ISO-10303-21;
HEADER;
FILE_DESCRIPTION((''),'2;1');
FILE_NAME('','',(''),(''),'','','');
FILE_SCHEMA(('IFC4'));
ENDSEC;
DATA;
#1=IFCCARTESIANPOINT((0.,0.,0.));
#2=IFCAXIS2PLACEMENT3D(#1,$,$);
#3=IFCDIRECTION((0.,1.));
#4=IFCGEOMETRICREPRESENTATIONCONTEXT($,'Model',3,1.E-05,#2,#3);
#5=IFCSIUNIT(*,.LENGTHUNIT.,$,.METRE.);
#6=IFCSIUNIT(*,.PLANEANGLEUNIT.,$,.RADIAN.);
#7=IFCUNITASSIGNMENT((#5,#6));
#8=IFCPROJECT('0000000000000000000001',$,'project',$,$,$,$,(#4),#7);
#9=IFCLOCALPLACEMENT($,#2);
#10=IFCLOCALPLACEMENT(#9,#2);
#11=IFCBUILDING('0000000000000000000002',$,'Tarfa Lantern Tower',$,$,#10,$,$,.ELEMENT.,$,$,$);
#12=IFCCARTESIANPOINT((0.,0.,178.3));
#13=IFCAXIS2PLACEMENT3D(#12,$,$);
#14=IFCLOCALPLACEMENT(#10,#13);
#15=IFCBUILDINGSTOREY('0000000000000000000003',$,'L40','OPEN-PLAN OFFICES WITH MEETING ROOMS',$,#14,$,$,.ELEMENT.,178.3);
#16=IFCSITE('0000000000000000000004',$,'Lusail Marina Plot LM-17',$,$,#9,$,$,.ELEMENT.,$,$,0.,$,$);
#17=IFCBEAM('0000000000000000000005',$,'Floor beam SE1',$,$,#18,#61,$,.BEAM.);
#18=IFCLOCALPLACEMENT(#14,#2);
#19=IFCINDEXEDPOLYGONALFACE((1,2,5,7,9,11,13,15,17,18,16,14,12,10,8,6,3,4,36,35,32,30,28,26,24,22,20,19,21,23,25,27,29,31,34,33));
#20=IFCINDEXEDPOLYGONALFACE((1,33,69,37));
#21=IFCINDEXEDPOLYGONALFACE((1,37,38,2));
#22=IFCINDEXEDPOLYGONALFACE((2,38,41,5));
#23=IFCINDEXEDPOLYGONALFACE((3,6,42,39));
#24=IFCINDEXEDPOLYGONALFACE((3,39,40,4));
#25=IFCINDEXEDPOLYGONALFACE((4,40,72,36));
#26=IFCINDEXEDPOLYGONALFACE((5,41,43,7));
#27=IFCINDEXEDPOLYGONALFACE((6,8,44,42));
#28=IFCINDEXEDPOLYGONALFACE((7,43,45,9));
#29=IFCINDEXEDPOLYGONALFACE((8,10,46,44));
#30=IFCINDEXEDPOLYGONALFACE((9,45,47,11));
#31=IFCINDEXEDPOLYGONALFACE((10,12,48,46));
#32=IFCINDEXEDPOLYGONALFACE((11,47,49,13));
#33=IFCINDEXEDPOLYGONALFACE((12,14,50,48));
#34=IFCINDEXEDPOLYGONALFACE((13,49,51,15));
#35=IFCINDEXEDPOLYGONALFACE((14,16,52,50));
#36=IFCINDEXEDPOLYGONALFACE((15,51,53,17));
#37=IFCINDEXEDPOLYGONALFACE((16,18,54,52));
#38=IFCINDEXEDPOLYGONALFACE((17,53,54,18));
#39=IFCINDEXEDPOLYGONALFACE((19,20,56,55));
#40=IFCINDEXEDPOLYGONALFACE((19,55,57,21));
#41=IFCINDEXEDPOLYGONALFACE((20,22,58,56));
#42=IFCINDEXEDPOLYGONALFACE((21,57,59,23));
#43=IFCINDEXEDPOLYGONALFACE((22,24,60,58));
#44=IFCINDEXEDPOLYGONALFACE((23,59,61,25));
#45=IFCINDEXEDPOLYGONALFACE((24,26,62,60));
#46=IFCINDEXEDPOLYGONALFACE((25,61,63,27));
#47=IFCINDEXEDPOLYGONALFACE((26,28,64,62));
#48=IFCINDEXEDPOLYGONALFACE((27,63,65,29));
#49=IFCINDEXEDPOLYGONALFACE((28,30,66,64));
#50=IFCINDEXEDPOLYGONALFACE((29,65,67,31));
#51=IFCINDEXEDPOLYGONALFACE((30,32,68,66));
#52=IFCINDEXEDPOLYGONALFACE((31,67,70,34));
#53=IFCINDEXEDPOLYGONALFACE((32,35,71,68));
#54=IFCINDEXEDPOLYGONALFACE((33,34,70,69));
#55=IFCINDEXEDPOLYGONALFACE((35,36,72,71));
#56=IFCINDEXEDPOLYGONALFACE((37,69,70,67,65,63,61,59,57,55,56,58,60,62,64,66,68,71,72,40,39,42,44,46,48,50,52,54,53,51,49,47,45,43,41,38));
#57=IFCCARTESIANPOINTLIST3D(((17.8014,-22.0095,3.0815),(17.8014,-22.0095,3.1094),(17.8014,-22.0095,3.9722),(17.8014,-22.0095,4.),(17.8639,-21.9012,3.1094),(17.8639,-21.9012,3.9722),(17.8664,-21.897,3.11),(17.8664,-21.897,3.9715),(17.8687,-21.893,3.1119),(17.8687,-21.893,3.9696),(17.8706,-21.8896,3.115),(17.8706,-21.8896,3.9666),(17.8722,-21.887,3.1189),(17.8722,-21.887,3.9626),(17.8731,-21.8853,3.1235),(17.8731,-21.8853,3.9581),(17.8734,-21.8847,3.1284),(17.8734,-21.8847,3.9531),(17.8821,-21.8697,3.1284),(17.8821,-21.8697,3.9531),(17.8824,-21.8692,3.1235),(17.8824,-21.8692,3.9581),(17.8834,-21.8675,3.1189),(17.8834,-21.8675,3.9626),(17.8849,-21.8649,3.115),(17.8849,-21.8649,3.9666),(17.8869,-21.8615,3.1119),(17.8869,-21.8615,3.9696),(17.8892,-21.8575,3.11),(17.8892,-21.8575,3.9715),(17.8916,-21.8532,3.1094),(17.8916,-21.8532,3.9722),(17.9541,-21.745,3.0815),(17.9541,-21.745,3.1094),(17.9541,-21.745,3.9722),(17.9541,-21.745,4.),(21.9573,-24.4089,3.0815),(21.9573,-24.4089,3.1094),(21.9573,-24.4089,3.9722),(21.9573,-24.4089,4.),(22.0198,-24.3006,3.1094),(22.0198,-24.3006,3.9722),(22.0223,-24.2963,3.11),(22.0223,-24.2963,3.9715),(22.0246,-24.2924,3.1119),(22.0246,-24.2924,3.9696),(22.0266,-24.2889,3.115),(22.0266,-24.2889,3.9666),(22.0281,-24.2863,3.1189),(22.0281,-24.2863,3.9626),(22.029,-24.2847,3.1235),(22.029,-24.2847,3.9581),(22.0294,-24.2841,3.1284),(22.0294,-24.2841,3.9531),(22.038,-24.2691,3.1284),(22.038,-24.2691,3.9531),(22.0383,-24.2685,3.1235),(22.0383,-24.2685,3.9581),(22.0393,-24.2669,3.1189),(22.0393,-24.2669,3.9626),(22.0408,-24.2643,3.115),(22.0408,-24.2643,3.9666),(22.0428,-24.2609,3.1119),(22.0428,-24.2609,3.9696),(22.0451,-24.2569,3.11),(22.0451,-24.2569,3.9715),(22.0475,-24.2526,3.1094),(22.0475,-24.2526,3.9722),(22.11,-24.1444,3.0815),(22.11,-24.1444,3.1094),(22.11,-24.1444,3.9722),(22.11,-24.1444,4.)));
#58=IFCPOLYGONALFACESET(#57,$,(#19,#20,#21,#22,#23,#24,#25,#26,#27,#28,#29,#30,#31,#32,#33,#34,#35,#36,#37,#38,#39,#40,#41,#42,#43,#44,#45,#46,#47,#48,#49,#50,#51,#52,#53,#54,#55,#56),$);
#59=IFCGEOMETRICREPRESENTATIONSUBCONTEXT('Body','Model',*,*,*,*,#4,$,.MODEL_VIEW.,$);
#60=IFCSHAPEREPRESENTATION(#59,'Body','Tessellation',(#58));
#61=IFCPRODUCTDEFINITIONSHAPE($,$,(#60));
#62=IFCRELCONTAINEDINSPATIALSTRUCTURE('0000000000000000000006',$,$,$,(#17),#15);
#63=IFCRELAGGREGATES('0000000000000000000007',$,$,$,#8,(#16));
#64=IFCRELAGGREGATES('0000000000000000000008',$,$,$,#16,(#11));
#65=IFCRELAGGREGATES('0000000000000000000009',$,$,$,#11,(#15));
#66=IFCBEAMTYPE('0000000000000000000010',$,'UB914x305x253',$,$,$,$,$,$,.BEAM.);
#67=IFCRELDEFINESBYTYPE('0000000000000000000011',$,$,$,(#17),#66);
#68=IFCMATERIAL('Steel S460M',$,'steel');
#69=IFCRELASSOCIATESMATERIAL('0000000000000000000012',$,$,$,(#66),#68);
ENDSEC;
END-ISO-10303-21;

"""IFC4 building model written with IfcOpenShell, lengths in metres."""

from ifc_helpers import new_model, si_unit, direction, frame, origin, origin_2d, place, context, subcontext, project, spatial, i_section, extrude, material, material_profile, profile_set, type_object, element, save


model = new_model("IFC4")

# Units and contexts
model_context = context("Model", 3, precision=1e-05, world=origin(), true_north=direction((0.0, 1.0)))
body_context = subcontext(model_context, "Body", "Model", "MODEL_VIEW")
ifc_project = project(units=[si_unit("LENGTHUNIT", "METRE"), si_unit("PLANEANGLEUNIT", "RADIAN")], contexts=[model_context])

# Site, building, storey
site_placement = place(None, origin())
site = spatial("IfcSite", under=ifc_project, at=site_placement, Name="Lusail Marina Plot LM-17", CompositionType="ELEMENT", RefElevation=0.0)
building_placement = place(site_placement, origin())
building = spatial("IfcBuilding", under=site, at=building_placement, Name="Tarfa Lantern Tower", CompositionType="ELEMENT")
storey_placement = place(building_placement, frame((0.0, 0.0, 178.3)))
storey = spatial("IfcBuildingStorey", under=building, at=storey_placement, Name="L40", Description="OPEN-PLAN OFFICES WITH MEETING ROOMS", CompositionType="ELEMENT", Elevation=178.3)

# Beam
ifc_material_1 = material(Name="Steel S460M", Category="steel")
ifc_material_profile_1 = material_profile(ifc_material_1, i_section(OverallWidth=0.3054, OverallDepth=0.9185, WebThickness=0.0173, FlangeThickness=0.0278, FilletRadius=0.019, at=origin_2d()), Name="UB914x305x253")
ifc_profile_set_1 = profile_set([ifc_material_profile_1], Name="Steel S460M")
beam_type_1 = type_object("IfcBeamType", Name="UB914x305x253", PredefinedType="BEAM", material=ifc_profile_set_1)
beam_1_placement = place(storey_placement, frame((22.0337, -24.2766, 3.5408), z_axis=(-0.866031, 0.499991, 0.0), x_axis=(-0.499991, -0.866031, 0.0)))
element("IfcBeam", 1, at=beam_1_placement, inside=storey, type_object=beam_type_1, Name="Floor beam SE1", PredefinedType="BEAM", context=body_context, shape_type="SweptSolid", body=[
    extrude(i_section(OverallWidth=0.3054, OverallDepth=0.9185, WebThickness=0.0173, FlangeThickness=0.0278, FilletRadius=0.019, at=origin_2d()), origin(), (0.0, 0.0, 1.0), 4.7988),
])

save(model, "model.ifc")
